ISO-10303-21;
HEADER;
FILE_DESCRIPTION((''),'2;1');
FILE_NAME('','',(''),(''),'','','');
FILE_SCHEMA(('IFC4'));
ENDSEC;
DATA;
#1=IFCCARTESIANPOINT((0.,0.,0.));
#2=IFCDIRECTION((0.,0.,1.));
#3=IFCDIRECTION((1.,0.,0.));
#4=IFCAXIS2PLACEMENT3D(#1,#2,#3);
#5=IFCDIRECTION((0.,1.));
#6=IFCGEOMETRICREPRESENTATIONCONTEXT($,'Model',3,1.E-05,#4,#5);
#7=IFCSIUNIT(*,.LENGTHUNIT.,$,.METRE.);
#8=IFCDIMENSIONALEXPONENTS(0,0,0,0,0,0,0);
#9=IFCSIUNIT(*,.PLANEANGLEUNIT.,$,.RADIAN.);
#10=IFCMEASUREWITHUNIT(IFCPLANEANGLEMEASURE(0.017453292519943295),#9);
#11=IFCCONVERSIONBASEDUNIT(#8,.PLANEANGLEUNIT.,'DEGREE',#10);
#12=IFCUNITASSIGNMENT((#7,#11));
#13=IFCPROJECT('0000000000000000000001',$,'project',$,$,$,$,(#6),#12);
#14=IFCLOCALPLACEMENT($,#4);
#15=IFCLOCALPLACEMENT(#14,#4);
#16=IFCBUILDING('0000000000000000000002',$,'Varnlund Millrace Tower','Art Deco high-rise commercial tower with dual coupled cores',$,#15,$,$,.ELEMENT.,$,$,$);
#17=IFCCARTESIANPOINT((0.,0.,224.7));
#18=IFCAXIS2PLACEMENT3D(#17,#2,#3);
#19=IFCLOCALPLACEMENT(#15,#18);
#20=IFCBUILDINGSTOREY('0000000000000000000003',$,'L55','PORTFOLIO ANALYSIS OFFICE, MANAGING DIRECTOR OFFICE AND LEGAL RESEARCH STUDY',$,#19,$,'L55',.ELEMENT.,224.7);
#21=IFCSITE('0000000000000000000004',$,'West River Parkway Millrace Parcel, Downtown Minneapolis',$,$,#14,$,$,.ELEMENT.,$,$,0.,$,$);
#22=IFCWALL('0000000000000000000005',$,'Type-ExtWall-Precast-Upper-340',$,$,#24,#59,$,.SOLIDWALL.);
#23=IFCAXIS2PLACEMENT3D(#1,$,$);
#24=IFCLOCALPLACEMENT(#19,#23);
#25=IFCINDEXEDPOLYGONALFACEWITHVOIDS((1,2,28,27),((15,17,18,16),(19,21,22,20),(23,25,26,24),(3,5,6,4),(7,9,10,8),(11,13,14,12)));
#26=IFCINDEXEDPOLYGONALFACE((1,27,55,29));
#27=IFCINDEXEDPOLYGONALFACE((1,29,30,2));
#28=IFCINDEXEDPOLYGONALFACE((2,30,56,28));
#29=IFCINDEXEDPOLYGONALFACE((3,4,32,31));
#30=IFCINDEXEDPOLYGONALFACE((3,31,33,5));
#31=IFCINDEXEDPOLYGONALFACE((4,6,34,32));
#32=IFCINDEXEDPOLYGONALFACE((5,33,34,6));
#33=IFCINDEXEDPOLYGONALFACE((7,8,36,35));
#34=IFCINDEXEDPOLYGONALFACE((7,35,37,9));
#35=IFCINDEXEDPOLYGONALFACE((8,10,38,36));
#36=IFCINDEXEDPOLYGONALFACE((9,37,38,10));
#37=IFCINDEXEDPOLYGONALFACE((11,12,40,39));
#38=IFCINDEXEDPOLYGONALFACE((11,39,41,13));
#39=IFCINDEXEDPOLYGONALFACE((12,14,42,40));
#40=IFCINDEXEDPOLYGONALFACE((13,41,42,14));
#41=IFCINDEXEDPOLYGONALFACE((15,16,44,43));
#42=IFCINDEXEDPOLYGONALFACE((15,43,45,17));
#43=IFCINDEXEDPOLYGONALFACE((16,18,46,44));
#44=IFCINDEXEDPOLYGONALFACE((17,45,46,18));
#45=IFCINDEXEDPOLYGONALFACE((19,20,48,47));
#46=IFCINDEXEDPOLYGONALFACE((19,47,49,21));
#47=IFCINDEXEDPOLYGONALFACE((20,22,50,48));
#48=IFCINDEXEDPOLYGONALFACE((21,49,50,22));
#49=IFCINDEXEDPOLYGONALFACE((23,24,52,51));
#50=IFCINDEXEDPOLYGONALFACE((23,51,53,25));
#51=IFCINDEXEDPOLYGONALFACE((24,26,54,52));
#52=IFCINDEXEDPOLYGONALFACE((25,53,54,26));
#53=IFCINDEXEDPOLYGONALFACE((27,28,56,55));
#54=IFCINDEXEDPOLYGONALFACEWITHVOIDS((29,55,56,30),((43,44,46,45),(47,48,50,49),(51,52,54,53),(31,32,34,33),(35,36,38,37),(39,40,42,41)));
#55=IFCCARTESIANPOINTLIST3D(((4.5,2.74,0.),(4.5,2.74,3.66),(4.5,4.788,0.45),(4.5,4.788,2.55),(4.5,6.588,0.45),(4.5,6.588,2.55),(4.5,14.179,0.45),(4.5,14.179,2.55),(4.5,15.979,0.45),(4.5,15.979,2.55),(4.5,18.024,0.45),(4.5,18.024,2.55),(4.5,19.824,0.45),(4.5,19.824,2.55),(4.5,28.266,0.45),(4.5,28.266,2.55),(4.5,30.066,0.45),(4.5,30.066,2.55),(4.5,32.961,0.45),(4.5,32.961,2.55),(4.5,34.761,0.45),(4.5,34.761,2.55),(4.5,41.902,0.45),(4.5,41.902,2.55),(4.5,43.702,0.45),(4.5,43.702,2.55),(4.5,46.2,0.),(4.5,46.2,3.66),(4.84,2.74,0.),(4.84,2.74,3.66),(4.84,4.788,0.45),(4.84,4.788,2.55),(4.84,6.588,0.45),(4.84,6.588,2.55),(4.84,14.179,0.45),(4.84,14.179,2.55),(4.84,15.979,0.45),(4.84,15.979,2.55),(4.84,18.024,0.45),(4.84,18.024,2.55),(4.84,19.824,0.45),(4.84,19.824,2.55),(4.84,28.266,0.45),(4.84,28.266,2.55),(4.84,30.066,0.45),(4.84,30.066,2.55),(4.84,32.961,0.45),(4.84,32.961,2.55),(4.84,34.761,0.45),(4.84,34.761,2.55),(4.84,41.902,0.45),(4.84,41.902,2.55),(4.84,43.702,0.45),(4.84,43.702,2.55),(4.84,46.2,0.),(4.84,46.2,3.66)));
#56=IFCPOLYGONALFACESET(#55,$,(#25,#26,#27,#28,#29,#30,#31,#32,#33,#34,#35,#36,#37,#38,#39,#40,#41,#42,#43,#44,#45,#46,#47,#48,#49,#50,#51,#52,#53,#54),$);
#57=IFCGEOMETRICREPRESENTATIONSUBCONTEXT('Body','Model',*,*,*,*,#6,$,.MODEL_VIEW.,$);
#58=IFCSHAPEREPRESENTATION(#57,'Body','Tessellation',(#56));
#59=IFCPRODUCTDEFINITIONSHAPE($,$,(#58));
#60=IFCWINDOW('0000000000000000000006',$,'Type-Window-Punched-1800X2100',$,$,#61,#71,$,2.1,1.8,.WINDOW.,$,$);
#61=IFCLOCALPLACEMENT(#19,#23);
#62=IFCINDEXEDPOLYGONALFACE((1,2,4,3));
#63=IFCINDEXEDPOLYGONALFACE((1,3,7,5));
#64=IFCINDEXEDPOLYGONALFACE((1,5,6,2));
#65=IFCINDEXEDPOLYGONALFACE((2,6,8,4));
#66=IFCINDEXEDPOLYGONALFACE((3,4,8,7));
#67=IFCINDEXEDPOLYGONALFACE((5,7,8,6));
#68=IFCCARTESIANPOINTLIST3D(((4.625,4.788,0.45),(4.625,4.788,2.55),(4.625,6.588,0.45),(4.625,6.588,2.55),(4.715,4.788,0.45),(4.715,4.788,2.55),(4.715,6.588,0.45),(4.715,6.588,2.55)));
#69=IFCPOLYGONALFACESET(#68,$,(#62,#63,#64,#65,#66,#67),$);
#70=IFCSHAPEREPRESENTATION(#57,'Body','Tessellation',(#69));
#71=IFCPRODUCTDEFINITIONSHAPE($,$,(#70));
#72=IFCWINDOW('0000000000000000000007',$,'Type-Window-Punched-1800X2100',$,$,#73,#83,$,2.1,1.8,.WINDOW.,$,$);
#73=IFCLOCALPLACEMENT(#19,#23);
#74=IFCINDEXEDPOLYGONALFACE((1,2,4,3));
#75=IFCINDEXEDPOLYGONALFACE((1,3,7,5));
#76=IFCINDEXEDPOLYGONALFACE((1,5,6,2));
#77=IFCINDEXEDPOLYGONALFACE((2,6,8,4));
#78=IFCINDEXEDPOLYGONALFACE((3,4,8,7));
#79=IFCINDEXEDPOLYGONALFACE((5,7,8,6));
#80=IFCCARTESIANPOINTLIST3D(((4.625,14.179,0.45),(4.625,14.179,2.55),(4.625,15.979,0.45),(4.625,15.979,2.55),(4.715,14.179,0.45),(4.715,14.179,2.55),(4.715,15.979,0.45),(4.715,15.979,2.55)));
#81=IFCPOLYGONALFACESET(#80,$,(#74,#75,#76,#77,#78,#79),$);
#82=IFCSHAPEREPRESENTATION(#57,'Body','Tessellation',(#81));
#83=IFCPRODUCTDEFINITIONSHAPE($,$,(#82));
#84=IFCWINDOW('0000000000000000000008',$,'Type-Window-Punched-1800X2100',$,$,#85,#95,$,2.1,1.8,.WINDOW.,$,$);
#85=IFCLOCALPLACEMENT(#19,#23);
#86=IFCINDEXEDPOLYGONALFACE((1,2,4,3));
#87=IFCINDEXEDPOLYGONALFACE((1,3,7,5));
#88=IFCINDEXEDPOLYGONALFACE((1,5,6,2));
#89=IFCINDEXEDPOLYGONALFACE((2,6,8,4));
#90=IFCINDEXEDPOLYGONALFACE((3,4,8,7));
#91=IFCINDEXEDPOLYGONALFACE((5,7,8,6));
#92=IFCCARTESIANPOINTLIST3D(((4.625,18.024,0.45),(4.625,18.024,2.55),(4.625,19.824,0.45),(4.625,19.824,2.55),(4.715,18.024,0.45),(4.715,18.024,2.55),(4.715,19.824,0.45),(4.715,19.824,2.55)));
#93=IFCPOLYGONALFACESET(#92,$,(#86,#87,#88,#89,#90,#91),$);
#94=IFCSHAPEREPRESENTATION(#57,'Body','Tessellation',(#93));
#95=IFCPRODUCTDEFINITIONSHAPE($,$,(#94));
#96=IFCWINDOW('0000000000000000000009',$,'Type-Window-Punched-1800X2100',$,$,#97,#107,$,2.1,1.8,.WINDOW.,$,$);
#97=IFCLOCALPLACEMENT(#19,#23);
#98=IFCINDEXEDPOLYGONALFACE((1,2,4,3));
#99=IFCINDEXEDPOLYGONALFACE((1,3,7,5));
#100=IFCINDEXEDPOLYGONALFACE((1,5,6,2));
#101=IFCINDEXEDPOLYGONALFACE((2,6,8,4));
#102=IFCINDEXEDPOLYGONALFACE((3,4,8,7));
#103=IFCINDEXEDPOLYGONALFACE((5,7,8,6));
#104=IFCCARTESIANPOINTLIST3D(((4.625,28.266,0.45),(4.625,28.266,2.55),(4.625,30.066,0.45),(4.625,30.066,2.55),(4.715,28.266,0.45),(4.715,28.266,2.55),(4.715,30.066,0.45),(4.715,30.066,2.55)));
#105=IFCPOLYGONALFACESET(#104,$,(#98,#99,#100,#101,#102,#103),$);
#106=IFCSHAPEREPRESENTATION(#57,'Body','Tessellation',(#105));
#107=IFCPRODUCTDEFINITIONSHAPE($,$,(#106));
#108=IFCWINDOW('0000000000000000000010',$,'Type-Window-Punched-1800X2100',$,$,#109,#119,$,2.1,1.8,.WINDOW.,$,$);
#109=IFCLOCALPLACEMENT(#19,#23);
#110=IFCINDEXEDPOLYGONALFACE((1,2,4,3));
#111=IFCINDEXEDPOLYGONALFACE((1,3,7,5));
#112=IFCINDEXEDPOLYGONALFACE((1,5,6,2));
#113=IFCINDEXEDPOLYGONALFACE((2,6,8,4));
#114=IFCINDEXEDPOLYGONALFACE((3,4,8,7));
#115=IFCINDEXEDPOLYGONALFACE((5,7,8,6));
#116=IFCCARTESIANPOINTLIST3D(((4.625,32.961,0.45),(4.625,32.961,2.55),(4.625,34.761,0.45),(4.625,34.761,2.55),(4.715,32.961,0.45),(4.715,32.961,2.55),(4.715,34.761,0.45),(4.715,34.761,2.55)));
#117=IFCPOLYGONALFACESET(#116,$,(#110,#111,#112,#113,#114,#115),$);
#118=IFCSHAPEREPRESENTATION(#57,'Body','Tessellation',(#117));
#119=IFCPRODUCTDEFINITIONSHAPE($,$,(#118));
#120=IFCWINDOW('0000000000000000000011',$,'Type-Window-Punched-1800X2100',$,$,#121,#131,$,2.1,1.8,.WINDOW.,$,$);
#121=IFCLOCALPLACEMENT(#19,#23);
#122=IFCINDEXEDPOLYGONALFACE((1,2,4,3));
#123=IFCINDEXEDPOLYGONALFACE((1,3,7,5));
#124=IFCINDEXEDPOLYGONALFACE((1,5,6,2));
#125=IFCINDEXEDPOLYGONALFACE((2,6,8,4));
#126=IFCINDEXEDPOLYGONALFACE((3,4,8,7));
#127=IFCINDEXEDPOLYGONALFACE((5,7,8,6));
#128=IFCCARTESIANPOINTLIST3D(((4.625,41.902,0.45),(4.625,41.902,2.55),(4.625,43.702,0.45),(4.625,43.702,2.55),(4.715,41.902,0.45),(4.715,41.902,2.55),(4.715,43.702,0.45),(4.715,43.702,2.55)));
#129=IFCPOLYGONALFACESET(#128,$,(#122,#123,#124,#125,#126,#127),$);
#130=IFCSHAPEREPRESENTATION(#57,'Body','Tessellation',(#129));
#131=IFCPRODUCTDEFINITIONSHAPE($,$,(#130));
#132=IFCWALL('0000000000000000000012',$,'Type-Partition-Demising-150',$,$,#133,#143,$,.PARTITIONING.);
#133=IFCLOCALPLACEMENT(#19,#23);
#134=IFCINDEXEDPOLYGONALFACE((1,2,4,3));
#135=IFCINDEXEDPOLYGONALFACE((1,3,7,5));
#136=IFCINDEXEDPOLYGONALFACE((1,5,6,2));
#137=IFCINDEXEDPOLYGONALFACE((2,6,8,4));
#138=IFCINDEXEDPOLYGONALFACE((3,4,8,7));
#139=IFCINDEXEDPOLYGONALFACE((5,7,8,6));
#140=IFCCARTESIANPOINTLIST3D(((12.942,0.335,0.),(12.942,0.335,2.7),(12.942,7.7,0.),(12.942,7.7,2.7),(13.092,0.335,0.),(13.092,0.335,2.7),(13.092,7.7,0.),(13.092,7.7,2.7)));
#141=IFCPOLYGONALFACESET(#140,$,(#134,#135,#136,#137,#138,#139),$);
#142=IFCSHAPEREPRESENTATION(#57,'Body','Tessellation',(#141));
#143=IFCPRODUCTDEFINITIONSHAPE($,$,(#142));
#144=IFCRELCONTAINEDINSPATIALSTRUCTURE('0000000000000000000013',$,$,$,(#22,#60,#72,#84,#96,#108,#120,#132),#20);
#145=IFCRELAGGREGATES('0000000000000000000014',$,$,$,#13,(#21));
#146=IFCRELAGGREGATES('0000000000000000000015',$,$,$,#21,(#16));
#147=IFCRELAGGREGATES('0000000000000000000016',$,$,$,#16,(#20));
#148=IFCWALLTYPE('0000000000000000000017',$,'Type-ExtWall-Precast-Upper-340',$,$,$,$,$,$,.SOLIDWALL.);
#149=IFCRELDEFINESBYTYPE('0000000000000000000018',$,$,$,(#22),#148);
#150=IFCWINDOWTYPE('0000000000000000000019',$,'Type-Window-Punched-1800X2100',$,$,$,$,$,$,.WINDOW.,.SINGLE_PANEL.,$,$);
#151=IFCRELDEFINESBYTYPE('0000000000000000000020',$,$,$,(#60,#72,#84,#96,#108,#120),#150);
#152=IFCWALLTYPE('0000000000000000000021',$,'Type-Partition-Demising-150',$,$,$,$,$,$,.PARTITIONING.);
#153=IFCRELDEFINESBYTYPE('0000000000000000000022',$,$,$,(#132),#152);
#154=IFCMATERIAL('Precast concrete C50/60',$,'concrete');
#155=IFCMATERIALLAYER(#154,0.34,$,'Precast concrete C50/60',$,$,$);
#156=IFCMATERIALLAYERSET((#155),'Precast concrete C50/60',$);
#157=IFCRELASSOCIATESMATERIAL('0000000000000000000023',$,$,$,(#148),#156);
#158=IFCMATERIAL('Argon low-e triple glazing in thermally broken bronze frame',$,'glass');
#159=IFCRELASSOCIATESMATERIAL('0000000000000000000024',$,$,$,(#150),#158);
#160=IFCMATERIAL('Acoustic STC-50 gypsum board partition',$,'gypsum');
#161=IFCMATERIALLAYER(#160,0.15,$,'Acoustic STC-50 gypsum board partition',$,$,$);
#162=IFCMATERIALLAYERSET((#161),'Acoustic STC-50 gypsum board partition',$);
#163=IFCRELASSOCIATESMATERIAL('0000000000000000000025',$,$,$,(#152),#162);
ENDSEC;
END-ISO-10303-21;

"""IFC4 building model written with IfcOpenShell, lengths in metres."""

from ifc_helpers import new_model, entity, si_unit, converted_unit, direction, frame, origin_with_axes, origin_2d_with_axis, place, context, subcontext, project, spatial, polyline, rectangle, outline, extrude, material, layer, layer_set, type_object, element, fill, save


model = new_model("IFC4")

# Units and contexts
model_context = context("Model", 3, precision=1e-05, world=origin_with_axes(), true_north=direction((0.0, 1.0)))
body_context = subcontext(model_context, "Body", "Model", "MODEL_VIEW")
ifc_project = project(units=[si_unit("LENGTHUNIT", "METRE"), converted_unit("PLANEANGLEUNIT", "DEGREE", entity("IfcPlaneAngleMeasure", 0.017453292519943295), si_unit("PLANEANGLEUNIT", "RADIAN"), dimensions=[0, 0, 0, 0, 0, 0, 0])], contexts=[model_context])

# Site, building, storey
site_placement = place(None, origin_with_axes())
site = spatial("IfcSite", under=ifc_project, at=site_placement, Name="West River Parkway Millrace Parcel, Downtown Minneapolis", CompositionType="ELEMENT", RefElevation=0.0)
building_placement = place(site_placement, origin_with_axes())
building = spatial("IfcBuilding", under=site, at=building_placement, Name="Varnlund Millrace Tower", Description="Art Deco high-rise commercial tower with dual coupled cores", CompositionType="ELEMENT")
storey_placement = place(building_placement, frame((0.0, 0.0, 224.7), z_axis=(0.0, 0.0, 1.0), x_axis=(1.0, 0.0, 0.0)))
storey = spatial("IfcBuildingStorey", under=building, at=storey_placement, Name="L55", Description="PORTFOLIO ANALYSIS OFFICE, MANAGING DIRECTOR OFFICE AND LEGAL RESEARCH STUDY", LongName="L55", CompositionType="ELEMENT", Elevation=224.7)

# Shared definitions
ifc_material_1 = material(Name="Precast concrete C50/60", Category="concrete")
ifc_layer_1 = layer(ifc_material_1, 0.34, Name="Precast concrete C50/60")
ifc_layer_set_1 = layer_set([ifc_layer_1], Name="Precast concrete C50/60")
wall_type_1 = type_object("IfcWallType", Name="Type-ExtWall-Precast-Upper-340", PredefinedType="SOLIDWALL", material=ifc_layer_set_1)

# Wall, openings, windows
wall_1_placement = place(storey_placement, frame((4.67, 2.74, 0.0), z_axis=(0.0, 0.0, 1.0), x_axis=(0.0, 1.0, 0.0)))
wall_1 = element("IfcWall", 1, at=wall_1_placement, inside=storey, type_object=wall_type_1, Name="Type-ExtWall-Precast-Upper-340", PredefinedType="SOLIDWALL", context=body_context, shape_type="SweptSolid", body=[
    extrude(outline(polyline([(0.0, -0.17), (43.46, -0.17), (43.46, 0.17), (0.0, 0.17), (0.0, -0.17)])), origin_with_axes(), (0.0, 0.0, 1.0), 3.66),
])
opening_1_placement = place(wall_1_placement, frame((2.948, 0.0, 0.45), z_axis=(0.0, 0.0, 1.0), x_axis=(1.0, 0.0, 0.0)))
opening_1 = element("IfcOpeningElement", 2, at=opening_1_placement, cuts=wall_1, PredefinedType="OPENING", context=body_context, shape_type="SweptSolid", body=[
    extrude(rectangle(XDim=1.8, YDim=0.36, at=origin_2d_with_axis()), origin_with_axes(), (0.0, 0.0, 1.0), 2.1),
])
opening_2_placement = place(wall_1_placement, frame((12.339, 0.0, 0.45), z_axis=(0.0, 0.0, 1.0), x_axis=(1.0, 0.0, 0.0)))
opening_2 = element("IfcOpeningElement", 3, at=opening_2_placement, cuts=wall_1, PredefinedType="OPENING", context=body_context, shape_type="SweptSolid", body=[
    extrude(rectangle(XDim=1.8, YDim=0.36, at=origin_2d_with_axis()), origin_with_axes(), (0.0, 0.0, 1.0), 2.1),
])
opening_3_placement = place(wall_1_placement, frame((16.184, 0.0, 0.45), z_axis=(0.0, 0.0, 1.0), x_axis=(1.0, 0.0, 0.0)))
opening_3 = element("IfcOpeningElement", 4, at=opening_3_placement, cuts=wall_1, PredefinedType="OPENING", context=body_context, shape_type="SweptSolid", body=[
    extrude(rectangle(XDim=1.8, YDim=0.36, at=origin_2d_with_axis()), origin_with_axes(), (0.0, 0.0, 1.0), 2.1),
])
opening_4_placement = place(wall_1_placement, frame((26.426, 0.0, 0.45), z_axis=(0.0, 0.0, 1.0), x_axis=(1.0, 0.0, 0.0)))
opening_4 = element("IfcOpeningElement", 5, at=opening_4_placement, cuts=wall_1, PredefinedType="OPENING", context=body_context, shape_type="SweptSolid", body=[
    extrude(rectangle(XDim=1.8, YDim=0.36, at=origin_2d_with_axis()), origin_with_axes(), (0.0, 0.0, 1.0), 2.1),
])
opening_5_placement = place(wall_1_placement, frame((31.121, 0.0, 0.45), z_axis=(0.0, 0.0, 1.0), x_axis=(1.0, 0.0, 0.0)))
opening_5 = element("IfcOpeningElement", 6, at=opening_5_placement, cuts=wall_1, PredefinedType="OPENING", context=body_context, shape_type="SweptSolid", body=[
    extrude(rectangle(XDim=1.8, YDim=0.36, at=origin_2d_with_axis()), origin_with_axes(), (0.0, 0.0, 1.0), 2.1),
])
opening_6_placement = place(wall_1_placement, frame((40.062, 0.0, 0.45), z_axis=(0.0, 0.0, 1.0), x_axis=(1.0, 0.0, 0.0)))
opening_6 = element("IfcOpeningElement", 7, at=opening_6_placement, cuts=wall_1, PredefinedType="OPENING", context=body_context, shape_type="SweptSolid", body=[
    extrude(rectangle(XDim=1.8, YDim=0.36, at=origin_2d_with_axis()), origin_with_axes(), (0.0, 0.0, 1.0), 2.1),
])
ifc_material_2 = material(Name="Argon low-e triple glazing in thermally broken bronze frame", Category="glass")
window_type = type_object("IfcWindowType", Name="Type-Window-Punched-1800X2100", PartitioningType="SINGLE_PANEL", PredefinedType="WINDOW", material=ifc_material_2)
window_1_placement = place(wall_1_placement, frame((2.948, 0.0, 0.45), z_axis=(0.0, 0.0, 1.0), x_axis=(1.0, 0.0, 0.0)))
window_1 = element("IfcWindow", 8, at=window_1_placement, inside=storey, type_object=window_type, Name="Type-Window-Punched-1800X2100", OverallHeight=2.1, OverallWidth=1.8, PredefinedType="WINDOW", context=body_context, shape_type="SweptSolid", body=[
    extrude(rectangle(XDim=1.8, YDim=0.09, at=origin_2d_with_axis()), origin_with_axes(), (0.0, 0.0, 1.0), 2.1),
])
fill(opening_1, window_1)
window_2_placement = place(wall_1_placement, frame((12.339, 0.0, 0.45), z_axis=(0.0, 0.0, 1.0), x_axis=(1.0, 0.0, 0.0)))
window_2 = element("IfcWindow", 9, at=window_2_placement, inside=storey, type_object=window_type, Name="Type-Window-Punched-1800X2100", OverallHeight=2.1, OverallWidth=1.8, PredefinedType="WINDOW", context=body_context, shape_type="SweptSolid", body=[
    extrude(rectangle(XDim=1.8, YDim=0.09, at=origin_2d_with_axis()), origin_with_axes(), (0.0, 0.0, 1.0), 2.1),
])
fill(opening_2, window_2)
window_3_placement = place(wall_1_placement, frame((16.184, 0.0, 0.45), z_axis=(0.0, 0.0, 1.0), x_axis=(1.0, 0.0, 0.0)))
window_3 = element("IfcWindow", 10, at=window_3_placement, inside=storey, type_object=window_type, Name="Type-Window-Punched-1800X2100", OverallHeight=2.1, OverallWidth=1.8, PredefinedType="WINDOW", context=body_context, shape_type="SweptSolid", body=[
    extrude(rectangle(XDim=1.8, YDim=0.09, at=origin_2d_with_axis()), origin_with_axes(), (0.0, 0.0, 1.0), 2.1),
])
fill(opening_3, window_3)
window_4_placement = place(wall_1_placement, frame((26.426, 0.0, 0.45), z_axis=(0.0, 0.0, 1.0), x_axis=(1.0, 0.0, 0.0)))
window_4 = element("IfcWindow", 11, at=window_4_placement, inside=storey, type_object=window_type, Name="Type-Window-Punched-1800X2100", OverallHeight=2.1, OverallWidth=1.8, PredefinedType="WINDOW", context=body_context, shape_type="SweptSolid", body=[
    extrude(rectangle(XDim=1.8, YDim=0.09, at=origin_2d_with_axis()), origin_with_axes(), (0.0, 0.0, 1.0), 2.1),
])
fill(opening_4, window_4)
window_5_placement = place(wall_1_placement, frame((31.121, 0.0, 0.45), z_axis=(0.0, 0.0, 1.0), x_axis=(1.0, 0.0, 0.0)))
window_5 = element("IfcWindow", 12, at=window_5_placement, inside=storey, type_object=window_type, Name="Type-Window-Punched-1800X2100", OverallHeight=2.1, OverallWidth=1.8, PredefinedType="WINDOW", context=body_context, shape_type="SweptSolid", body=[
    extrude(rectangle(XDim=1.8, YDim=0.09, at=origin_2d_with_axis()), origin_with_axes(), (0.0, 0.0, 1.0), 2.1),
])
fill(opening_5, window_5)
window_6_placement = place(wall_1_placement, frame((40.062, 0.0, 0.45), z_axis=(0.0, 0.0, 1.0), x_axis=(1.0, 0.0, 0.0)))
window_6 = element("IfcWindow", 13, at=window_6_placement, inside=storey, type_object=window_type, Name="Type-Window-Punched-1800X2100", OverallHeight=2.1, OverallWidth=1.8, PredefinedType="WINDOW", context=body_context, shape_type="SweptSolid", body=[
    extrude(rectangle(XDim=1.8, YDim=0.09, at=origin_2d_with_axis()), origin_with_axes(), (0.0, 0.0, 1.0), 2.1),
])
fill(opening_6, window_6)

# Wall
ifc_material_3 = material(Name="Acoustic STC-50 gypsum board partition", Category="gypsum")
ifc_layer_2 = layer(ifc_material_3, 0.15, Name="Acoustic STC-50 gypsum board partition")
ifc_layer_set_2 = layer_set([ifc_layer_2], Name="Acoustic STC-50 gypsum board partition")
wall_type_2 = type_object("IfcWallType", Name="Type-Partition-Demising-150", PredefinedType="PARTITIONING", material=ifc_layer_set_2)
wall_2_placement = place(storey_placement, frame((13.017, 0.335, 0.0), z_axis=(0.0, 0.0, 1.0), x_axis=(0.0, 1.0, 0.0)))
element("IfcWall", 14, at=wall_2_placement, inside=storey, type_object=wall_type_2, Name="Type-Partition-Demising-150", PredefinedType="PARTITIONING", context=body_context, shape_type="SweptSolid", body=[
    extrude(outline(polyline([(0.0, -0.075), (7.365, -0.075), (7.365, 0.075), (0.0, 0.075), (0.0, -0.075)])), origin_with_axes(), (0.0, 0.0, 1.0), 2.7),
])

save(model, "model.ifc")
